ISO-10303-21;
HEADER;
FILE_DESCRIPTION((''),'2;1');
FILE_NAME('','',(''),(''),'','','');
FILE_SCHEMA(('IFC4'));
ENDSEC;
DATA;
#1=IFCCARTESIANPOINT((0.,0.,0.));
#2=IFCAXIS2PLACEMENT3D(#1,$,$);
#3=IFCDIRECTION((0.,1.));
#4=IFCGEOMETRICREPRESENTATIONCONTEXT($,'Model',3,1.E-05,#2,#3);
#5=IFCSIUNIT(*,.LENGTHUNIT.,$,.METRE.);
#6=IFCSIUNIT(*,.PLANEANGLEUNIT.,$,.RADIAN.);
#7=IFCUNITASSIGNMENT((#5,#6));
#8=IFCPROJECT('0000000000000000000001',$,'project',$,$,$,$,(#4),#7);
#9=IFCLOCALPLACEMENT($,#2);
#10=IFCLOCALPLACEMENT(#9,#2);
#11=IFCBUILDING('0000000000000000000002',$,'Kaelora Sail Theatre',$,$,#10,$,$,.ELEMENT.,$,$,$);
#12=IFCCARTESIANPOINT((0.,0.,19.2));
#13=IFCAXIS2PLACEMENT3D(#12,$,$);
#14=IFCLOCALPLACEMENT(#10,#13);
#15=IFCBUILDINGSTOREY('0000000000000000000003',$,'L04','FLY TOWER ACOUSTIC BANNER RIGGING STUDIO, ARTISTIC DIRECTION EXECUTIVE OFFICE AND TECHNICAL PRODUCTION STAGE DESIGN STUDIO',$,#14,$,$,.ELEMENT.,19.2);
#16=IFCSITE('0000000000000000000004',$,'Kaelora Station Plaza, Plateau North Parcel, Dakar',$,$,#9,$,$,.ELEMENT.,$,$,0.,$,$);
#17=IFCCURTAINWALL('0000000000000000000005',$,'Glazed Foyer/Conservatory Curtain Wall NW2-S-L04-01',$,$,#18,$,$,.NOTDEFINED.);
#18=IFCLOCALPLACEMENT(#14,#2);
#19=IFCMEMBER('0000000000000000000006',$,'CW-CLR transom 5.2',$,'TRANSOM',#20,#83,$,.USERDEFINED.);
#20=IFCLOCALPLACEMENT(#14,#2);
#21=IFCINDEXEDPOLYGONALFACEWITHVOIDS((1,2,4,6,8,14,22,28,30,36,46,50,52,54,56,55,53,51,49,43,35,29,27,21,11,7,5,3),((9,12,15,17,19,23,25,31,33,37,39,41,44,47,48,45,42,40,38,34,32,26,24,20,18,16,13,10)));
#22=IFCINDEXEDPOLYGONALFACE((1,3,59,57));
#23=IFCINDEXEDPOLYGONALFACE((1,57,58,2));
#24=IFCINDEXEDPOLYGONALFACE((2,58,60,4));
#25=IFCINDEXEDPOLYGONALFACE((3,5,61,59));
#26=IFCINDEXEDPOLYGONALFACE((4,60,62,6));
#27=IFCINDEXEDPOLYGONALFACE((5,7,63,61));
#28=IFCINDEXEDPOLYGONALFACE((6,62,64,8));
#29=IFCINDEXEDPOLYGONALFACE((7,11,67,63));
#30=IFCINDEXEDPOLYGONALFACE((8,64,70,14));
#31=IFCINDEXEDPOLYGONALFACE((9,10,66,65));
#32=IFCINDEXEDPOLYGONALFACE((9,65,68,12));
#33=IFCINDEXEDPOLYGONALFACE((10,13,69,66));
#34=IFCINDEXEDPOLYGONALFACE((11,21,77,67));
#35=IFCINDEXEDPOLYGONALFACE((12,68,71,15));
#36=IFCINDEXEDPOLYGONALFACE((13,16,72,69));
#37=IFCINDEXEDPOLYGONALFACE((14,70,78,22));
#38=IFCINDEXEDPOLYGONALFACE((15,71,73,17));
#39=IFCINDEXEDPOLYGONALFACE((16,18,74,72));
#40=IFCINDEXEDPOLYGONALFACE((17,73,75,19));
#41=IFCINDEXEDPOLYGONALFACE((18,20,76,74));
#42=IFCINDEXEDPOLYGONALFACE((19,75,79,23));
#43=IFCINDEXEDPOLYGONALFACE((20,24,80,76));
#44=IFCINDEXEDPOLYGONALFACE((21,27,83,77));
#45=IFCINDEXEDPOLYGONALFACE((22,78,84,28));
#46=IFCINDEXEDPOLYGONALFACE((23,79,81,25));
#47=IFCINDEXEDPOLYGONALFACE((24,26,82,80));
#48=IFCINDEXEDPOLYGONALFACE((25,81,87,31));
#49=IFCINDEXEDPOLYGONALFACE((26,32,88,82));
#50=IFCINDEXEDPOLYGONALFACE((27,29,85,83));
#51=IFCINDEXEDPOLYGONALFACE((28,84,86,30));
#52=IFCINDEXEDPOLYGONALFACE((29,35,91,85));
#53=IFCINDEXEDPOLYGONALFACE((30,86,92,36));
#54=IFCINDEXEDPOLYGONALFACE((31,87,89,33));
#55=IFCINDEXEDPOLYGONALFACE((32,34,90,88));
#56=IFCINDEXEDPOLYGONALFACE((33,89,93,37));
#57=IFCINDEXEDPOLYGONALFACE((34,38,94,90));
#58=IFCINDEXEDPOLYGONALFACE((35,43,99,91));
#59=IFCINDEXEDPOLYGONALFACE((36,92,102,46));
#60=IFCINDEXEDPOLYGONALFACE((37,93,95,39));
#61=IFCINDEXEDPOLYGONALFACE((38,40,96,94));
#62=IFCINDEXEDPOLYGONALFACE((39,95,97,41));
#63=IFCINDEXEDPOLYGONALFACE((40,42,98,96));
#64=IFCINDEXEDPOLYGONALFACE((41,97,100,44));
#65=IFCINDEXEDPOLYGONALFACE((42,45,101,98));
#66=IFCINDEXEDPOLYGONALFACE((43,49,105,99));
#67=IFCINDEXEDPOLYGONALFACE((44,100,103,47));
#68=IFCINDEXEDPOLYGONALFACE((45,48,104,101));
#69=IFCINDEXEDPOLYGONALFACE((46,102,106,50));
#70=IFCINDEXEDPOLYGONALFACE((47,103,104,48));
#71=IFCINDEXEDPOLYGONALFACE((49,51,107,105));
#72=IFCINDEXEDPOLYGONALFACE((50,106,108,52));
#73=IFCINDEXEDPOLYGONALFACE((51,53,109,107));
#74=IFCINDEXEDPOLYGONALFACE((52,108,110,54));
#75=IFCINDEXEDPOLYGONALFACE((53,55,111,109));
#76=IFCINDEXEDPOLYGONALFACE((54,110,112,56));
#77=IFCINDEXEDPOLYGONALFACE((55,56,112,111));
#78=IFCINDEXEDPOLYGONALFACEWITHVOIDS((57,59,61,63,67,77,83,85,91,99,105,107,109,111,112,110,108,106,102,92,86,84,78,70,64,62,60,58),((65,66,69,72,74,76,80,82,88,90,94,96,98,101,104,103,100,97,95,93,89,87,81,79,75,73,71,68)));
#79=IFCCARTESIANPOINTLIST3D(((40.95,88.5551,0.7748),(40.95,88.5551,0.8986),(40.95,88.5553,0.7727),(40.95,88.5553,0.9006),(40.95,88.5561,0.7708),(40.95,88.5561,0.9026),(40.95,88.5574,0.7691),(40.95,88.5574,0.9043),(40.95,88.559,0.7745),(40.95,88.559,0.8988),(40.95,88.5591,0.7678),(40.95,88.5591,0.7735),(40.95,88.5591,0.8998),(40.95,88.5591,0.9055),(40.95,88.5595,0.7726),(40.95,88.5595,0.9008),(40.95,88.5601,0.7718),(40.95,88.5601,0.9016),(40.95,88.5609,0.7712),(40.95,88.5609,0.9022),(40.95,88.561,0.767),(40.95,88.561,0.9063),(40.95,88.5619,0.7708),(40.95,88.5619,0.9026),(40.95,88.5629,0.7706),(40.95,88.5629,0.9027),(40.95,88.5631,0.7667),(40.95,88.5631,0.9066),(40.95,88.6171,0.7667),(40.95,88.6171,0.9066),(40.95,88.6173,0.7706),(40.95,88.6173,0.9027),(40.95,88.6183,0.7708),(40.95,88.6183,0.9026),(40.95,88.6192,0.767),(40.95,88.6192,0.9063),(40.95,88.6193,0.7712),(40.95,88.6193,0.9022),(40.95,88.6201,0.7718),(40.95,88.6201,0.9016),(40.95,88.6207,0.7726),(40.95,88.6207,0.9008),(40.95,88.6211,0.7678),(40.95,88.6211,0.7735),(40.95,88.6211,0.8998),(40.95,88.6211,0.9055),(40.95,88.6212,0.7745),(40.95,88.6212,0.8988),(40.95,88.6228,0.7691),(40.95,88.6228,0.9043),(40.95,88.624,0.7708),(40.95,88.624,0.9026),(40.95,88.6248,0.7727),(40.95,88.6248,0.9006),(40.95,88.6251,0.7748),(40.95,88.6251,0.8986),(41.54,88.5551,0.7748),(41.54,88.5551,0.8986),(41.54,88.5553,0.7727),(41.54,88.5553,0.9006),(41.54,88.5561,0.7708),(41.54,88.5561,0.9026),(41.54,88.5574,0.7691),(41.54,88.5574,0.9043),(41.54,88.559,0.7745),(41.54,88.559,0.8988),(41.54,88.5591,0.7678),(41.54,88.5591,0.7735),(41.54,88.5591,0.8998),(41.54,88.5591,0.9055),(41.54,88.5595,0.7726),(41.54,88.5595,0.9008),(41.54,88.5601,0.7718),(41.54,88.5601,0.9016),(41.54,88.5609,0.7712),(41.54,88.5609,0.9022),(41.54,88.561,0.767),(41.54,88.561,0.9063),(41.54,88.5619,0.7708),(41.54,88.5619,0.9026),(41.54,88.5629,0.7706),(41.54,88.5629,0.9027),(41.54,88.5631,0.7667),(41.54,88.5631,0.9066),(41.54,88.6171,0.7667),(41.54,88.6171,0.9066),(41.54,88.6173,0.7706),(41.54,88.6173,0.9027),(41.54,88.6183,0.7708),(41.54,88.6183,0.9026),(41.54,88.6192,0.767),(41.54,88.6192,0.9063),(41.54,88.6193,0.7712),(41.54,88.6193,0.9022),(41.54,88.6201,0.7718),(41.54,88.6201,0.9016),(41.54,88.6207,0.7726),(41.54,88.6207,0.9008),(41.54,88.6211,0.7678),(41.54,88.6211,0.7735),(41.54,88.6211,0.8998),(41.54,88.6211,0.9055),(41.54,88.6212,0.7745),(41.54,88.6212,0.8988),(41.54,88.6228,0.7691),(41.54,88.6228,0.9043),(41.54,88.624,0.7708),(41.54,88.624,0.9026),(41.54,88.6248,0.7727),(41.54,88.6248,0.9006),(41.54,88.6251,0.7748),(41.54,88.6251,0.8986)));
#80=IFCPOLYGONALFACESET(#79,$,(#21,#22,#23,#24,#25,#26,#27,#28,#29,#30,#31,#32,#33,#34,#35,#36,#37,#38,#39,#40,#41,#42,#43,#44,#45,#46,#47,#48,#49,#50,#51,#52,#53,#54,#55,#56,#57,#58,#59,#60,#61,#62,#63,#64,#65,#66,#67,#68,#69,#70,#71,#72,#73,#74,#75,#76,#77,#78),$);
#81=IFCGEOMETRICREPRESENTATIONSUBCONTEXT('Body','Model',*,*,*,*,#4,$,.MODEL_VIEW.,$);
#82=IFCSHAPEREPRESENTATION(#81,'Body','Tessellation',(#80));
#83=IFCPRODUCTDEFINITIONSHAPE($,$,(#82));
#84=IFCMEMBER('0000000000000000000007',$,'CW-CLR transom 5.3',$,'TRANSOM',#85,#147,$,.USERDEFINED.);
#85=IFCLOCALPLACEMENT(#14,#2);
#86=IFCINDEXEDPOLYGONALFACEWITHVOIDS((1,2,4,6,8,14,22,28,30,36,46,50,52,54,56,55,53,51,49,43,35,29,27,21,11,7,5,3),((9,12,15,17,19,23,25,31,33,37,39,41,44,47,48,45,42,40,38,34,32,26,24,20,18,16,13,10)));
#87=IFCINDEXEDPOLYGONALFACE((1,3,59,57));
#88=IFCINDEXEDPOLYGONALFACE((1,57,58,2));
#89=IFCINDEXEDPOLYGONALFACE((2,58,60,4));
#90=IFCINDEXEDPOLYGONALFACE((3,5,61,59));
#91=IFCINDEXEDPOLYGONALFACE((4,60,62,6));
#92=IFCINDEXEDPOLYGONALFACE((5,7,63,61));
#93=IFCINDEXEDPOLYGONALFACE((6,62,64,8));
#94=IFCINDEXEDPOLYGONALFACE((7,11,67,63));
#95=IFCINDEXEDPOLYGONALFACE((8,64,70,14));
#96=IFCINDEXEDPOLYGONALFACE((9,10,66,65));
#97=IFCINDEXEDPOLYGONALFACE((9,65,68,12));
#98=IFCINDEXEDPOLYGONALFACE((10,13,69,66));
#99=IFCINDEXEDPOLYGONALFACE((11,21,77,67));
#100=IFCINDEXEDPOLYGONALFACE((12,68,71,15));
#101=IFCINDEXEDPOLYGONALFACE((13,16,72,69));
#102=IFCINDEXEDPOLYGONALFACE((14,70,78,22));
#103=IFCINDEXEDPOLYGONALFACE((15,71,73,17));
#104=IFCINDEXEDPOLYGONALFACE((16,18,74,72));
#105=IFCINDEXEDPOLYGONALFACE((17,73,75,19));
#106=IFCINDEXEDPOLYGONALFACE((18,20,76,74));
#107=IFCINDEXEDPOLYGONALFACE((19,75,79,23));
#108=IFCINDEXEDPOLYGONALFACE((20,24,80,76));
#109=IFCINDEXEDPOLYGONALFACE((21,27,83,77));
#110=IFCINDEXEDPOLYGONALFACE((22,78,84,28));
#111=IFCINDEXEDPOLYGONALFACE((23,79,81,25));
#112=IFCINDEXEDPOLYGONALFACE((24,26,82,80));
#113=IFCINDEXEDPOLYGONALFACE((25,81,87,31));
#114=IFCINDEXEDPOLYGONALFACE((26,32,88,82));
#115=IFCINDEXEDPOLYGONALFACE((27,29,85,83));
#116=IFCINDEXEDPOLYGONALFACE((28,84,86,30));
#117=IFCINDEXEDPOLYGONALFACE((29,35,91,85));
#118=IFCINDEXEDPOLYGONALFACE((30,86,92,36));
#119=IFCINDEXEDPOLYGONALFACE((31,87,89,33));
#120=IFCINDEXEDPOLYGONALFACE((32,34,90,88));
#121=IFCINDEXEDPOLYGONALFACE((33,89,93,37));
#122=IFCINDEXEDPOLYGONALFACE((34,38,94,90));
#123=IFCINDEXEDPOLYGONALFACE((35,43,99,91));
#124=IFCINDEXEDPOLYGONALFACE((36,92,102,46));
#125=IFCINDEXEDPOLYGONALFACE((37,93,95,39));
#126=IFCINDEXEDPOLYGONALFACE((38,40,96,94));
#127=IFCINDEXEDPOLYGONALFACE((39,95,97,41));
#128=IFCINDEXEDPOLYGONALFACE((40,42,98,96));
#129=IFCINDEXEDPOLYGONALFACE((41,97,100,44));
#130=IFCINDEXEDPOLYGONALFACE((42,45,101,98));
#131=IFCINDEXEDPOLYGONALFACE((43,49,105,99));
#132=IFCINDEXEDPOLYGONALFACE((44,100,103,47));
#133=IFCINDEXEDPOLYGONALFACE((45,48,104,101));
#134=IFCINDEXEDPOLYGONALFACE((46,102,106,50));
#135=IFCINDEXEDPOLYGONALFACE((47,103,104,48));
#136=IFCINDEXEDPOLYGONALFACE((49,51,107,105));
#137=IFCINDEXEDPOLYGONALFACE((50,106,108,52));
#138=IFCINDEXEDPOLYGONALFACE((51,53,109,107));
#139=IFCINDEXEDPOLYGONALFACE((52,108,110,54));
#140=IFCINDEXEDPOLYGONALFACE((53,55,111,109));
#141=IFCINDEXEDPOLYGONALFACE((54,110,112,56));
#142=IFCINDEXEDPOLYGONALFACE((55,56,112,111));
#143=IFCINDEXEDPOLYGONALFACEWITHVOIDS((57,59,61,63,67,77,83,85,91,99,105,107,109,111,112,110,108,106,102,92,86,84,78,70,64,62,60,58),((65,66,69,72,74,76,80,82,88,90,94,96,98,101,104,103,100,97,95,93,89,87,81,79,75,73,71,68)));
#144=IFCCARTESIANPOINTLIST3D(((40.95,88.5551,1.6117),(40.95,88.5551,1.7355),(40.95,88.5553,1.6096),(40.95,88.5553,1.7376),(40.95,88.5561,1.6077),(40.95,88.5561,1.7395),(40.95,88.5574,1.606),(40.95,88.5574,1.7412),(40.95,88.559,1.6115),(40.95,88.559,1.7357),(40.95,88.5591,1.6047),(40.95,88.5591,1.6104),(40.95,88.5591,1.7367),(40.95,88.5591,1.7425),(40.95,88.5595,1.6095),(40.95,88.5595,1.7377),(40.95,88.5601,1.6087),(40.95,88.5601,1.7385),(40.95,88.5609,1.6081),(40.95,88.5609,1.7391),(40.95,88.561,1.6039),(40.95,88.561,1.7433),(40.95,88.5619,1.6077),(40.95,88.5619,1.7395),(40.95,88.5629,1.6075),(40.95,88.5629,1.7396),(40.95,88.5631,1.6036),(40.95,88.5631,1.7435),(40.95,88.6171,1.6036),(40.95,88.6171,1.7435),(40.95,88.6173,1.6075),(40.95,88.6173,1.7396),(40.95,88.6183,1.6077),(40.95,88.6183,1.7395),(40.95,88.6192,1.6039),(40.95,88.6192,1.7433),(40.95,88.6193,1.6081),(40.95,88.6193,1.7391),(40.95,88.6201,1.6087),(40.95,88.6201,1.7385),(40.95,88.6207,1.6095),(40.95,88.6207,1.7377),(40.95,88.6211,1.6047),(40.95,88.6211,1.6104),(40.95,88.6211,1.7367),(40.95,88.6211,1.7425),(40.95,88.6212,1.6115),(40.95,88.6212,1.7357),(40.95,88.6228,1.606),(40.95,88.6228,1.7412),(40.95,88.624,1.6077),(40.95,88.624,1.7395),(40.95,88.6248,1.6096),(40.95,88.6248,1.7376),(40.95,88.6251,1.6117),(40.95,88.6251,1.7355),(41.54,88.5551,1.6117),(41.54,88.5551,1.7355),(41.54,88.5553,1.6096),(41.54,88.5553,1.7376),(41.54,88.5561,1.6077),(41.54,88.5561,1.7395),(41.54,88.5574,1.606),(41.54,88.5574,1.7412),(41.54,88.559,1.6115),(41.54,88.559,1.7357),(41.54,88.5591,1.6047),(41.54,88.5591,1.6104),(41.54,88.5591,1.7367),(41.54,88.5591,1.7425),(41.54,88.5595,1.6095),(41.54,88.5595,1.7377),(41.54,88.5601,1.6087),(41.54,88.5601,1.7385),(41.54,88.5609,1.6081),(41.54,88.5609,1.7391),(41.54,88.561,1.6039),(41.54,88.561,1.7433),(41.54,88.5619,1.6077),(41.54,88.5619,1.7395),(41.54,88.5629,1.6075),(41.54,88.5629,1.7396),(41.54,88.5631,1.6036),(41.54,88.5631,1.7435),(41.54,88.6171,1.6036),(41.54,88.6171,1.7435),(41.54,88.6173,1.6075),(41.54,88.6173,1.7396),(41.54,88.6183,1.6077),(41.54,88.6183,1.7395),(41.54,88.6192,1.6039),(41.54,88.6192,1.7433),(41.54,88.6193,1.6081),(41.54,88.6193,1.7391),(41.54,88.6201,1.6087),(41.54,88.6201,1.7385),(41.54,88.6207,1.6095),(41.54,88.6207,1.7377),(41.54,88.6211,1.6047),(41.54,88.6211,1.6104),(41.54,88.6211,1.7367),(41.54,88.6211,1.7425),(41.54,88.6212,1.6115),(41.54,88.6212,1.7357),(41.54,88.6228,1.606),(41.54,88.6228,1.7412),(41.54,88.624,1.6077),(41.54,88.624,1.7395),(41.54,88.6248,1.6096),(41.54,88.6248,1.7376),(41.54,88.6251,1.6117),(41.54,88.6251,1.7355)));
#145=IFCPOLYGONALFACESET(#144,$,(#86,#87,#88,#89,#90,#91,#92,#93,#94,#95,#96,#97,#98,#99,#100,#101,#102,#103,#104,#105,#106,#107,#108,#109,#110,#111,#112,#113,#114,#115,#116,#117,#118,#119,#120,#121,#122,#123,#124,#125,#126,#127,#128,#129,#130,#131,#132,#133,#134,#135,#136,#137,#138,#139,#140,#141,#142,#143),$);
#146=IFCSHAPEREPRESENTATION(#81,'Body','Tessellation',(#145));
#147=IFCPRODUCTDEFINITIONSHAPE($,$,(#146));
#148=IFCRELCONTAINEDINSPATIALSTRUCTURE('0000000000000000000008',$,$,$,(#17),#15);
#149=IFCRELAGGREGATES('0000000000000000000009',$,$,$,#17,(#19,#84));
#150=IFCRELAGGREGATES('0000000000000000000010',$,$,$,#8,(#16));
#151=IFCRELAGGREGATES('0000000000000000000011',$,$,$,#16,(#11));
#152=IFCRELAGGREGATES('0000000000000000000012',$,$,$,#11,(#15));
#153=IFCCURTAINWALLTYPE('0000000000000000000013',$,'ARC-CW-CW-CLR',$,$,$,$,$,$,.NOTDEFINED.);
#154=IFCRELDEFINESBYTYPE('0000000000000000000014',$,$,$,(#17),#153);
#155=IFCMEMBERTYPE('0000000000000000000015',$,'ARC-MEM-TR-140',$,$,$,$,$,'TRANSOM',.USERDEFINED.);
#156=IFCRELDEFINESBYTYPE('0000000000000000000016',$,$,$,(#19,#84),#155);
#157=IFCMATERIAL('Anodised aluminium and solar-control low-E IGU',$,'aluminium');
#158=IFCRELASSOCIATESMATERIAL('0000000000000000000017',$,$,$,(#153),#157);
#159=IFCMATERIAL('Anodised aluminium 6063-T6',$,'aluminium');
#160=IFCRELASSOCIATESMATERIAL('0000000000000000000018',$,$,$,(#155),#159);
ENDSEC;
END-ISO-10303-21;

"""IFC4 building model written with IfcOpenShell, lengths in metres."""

from ifc_helpers import new_model, si_unit, direction, frame, origin, origin_2d, place, context, subcontext, project, spatial, hollow_rectangle, extrude, material, material_profile, profile_set, type_object, element, aggregate, save


model = new_model("IFC4")

# Units and contexts
model_context = context("Model", 3, precision=1e-05, world=origin(), true_north=direction((0.0, 1.0)))
body_context = subcontext(model_context, "Body", "Model", "MODEL_VIEW")
ifc_project = project(units=[si_unit("LENGTHUNIT", "METRE"), si_unit("PLANEANGLEUNIT", "RADIAN")], contexts=[model_context])

# Site, building, storey
site_placement = place(None, origin())
site = spatial("IfcSite", under=ifc_project, at=site_placement, Name="Kaelora Station Plaza, Plateau North Parcel, Dakar", CompositionType="ELEMENT", RefElevation=0.0)
building_placement = place(site_placement, origin())
building = spatial("IfcBuilding", under=site, at=building_placement, Name="Kaelora Sail Theatre", CompositionType="ELEMENT")
storey_placement = place(building_placement, frame((0.0, 0.0, 19.2)))
storey = spatial("IfcBuildingStorey", under=building, at=storey_placement, Name="L04", Description="FLY TOWER ACOUSTIC BANNER RIGGING STUDIO, ARTISTIC DIRECTION EXECUTIVE OFFICE AND TECHNICAL PRODUCTION STAGE DESIGN STUDIO", CompositionType="ELEMENT", Elevation=19.2)

# Curtain wall, members
ifc_material_1 = material(Name="Anodised aluminium and solar-control low-E IGU", Category="aluminium")
curtain_wall_type = type_object("IfcCurtainWallType", Name="ARC-CW-CW-CLR", PredefinedType="NOTDEFINED", material=ifc_material_1)
curtain_wall_placement = place(storey_placement, origin())
curtain_wall = element("IfcCurtainWall", 1, at=curtain_wall_placement, inside=storey, type_object=curtain_wall_type, Name="Glazed Foyer/Conservatory Curtain Wall NW2-S-L04-01", PredefinedType="NOTDEFINED")
ifc_material_2 = material(Name="Anodised aluminium 6063-T6", Category="aluminium")
ifc_material_profile_1 = material_profile(ifc_material_2, hollow_rectangle(XDim=0.0701, YDim=0.1399, WallThickness=0.0039, InnerFilletRadius=0.0039, OuterFilletRadius=0.0081, at=origin_2d()), Name="ALU-TRAN 70x140x4")
ifc_profile_set_1 = profile_set([ifc_material_profile_1], Name="Anodised aluminium 6063-T6")
member_type_1 = type_object("IfcMemberType", Name="ARC-MEM-TR-140", ElementType="TRANSOM", PredefinedType="USERDEFINED", material=ifc_profile_set_1)
member_1_placement = place(storey_placement, frame((40.95, 88.5901, 0.8367), z_axis=(1.0, 0.0, 0.0), x_axis=(0.0, 1.0, 0.0)))
member_1 = element("IfcMember", 2, at=member_1_placement, type_object=member_type_1, Name="CW-CLR transom 5.2", ObjectType="TRANSOM", PredefinedType="USERDEFINED", context=body_context, shape_type="SweptSolid", body=[
    extrude(hollow_rectangle(XDim=0.0701, YDim=0.1399, WallThickness=0.0039, InnerFilletRadius=0.0039, OuterFilletRadius=0.0081, at=origin_2d()), origin(), (0.0, 0.0, 1.0), 0.5901),
])
member_2_placement = place(storey_placement, frame((40.95, 88.5901, 1.6736), z_axis=(1.0, 0.0, 0.0), x_axis=(0.0, 1.0, 0.0)))
member_2 = element("IfcMember", 3, at=member_2_placement, type_object=member_type_1, Name="CW-CLR transom 5.3", ObjectType="TRANSOM", PredefinedType="USERDEFINED", context=body_context, shape_type="SweptSolid", body=[
    extrude(hollow_rectangle(XDim=0.0701, YDim=0.1399, WallThickness=0.0039, InnerFilletRadius=0.0039, OuterFilletRadius=0.0081, at=origin_2d()), origin(), (0.0, 0.0, 1.0), 0.5901),
])

aggregate(curtain_wall, [member_1, member_2])

save(model, "model.ifc")
